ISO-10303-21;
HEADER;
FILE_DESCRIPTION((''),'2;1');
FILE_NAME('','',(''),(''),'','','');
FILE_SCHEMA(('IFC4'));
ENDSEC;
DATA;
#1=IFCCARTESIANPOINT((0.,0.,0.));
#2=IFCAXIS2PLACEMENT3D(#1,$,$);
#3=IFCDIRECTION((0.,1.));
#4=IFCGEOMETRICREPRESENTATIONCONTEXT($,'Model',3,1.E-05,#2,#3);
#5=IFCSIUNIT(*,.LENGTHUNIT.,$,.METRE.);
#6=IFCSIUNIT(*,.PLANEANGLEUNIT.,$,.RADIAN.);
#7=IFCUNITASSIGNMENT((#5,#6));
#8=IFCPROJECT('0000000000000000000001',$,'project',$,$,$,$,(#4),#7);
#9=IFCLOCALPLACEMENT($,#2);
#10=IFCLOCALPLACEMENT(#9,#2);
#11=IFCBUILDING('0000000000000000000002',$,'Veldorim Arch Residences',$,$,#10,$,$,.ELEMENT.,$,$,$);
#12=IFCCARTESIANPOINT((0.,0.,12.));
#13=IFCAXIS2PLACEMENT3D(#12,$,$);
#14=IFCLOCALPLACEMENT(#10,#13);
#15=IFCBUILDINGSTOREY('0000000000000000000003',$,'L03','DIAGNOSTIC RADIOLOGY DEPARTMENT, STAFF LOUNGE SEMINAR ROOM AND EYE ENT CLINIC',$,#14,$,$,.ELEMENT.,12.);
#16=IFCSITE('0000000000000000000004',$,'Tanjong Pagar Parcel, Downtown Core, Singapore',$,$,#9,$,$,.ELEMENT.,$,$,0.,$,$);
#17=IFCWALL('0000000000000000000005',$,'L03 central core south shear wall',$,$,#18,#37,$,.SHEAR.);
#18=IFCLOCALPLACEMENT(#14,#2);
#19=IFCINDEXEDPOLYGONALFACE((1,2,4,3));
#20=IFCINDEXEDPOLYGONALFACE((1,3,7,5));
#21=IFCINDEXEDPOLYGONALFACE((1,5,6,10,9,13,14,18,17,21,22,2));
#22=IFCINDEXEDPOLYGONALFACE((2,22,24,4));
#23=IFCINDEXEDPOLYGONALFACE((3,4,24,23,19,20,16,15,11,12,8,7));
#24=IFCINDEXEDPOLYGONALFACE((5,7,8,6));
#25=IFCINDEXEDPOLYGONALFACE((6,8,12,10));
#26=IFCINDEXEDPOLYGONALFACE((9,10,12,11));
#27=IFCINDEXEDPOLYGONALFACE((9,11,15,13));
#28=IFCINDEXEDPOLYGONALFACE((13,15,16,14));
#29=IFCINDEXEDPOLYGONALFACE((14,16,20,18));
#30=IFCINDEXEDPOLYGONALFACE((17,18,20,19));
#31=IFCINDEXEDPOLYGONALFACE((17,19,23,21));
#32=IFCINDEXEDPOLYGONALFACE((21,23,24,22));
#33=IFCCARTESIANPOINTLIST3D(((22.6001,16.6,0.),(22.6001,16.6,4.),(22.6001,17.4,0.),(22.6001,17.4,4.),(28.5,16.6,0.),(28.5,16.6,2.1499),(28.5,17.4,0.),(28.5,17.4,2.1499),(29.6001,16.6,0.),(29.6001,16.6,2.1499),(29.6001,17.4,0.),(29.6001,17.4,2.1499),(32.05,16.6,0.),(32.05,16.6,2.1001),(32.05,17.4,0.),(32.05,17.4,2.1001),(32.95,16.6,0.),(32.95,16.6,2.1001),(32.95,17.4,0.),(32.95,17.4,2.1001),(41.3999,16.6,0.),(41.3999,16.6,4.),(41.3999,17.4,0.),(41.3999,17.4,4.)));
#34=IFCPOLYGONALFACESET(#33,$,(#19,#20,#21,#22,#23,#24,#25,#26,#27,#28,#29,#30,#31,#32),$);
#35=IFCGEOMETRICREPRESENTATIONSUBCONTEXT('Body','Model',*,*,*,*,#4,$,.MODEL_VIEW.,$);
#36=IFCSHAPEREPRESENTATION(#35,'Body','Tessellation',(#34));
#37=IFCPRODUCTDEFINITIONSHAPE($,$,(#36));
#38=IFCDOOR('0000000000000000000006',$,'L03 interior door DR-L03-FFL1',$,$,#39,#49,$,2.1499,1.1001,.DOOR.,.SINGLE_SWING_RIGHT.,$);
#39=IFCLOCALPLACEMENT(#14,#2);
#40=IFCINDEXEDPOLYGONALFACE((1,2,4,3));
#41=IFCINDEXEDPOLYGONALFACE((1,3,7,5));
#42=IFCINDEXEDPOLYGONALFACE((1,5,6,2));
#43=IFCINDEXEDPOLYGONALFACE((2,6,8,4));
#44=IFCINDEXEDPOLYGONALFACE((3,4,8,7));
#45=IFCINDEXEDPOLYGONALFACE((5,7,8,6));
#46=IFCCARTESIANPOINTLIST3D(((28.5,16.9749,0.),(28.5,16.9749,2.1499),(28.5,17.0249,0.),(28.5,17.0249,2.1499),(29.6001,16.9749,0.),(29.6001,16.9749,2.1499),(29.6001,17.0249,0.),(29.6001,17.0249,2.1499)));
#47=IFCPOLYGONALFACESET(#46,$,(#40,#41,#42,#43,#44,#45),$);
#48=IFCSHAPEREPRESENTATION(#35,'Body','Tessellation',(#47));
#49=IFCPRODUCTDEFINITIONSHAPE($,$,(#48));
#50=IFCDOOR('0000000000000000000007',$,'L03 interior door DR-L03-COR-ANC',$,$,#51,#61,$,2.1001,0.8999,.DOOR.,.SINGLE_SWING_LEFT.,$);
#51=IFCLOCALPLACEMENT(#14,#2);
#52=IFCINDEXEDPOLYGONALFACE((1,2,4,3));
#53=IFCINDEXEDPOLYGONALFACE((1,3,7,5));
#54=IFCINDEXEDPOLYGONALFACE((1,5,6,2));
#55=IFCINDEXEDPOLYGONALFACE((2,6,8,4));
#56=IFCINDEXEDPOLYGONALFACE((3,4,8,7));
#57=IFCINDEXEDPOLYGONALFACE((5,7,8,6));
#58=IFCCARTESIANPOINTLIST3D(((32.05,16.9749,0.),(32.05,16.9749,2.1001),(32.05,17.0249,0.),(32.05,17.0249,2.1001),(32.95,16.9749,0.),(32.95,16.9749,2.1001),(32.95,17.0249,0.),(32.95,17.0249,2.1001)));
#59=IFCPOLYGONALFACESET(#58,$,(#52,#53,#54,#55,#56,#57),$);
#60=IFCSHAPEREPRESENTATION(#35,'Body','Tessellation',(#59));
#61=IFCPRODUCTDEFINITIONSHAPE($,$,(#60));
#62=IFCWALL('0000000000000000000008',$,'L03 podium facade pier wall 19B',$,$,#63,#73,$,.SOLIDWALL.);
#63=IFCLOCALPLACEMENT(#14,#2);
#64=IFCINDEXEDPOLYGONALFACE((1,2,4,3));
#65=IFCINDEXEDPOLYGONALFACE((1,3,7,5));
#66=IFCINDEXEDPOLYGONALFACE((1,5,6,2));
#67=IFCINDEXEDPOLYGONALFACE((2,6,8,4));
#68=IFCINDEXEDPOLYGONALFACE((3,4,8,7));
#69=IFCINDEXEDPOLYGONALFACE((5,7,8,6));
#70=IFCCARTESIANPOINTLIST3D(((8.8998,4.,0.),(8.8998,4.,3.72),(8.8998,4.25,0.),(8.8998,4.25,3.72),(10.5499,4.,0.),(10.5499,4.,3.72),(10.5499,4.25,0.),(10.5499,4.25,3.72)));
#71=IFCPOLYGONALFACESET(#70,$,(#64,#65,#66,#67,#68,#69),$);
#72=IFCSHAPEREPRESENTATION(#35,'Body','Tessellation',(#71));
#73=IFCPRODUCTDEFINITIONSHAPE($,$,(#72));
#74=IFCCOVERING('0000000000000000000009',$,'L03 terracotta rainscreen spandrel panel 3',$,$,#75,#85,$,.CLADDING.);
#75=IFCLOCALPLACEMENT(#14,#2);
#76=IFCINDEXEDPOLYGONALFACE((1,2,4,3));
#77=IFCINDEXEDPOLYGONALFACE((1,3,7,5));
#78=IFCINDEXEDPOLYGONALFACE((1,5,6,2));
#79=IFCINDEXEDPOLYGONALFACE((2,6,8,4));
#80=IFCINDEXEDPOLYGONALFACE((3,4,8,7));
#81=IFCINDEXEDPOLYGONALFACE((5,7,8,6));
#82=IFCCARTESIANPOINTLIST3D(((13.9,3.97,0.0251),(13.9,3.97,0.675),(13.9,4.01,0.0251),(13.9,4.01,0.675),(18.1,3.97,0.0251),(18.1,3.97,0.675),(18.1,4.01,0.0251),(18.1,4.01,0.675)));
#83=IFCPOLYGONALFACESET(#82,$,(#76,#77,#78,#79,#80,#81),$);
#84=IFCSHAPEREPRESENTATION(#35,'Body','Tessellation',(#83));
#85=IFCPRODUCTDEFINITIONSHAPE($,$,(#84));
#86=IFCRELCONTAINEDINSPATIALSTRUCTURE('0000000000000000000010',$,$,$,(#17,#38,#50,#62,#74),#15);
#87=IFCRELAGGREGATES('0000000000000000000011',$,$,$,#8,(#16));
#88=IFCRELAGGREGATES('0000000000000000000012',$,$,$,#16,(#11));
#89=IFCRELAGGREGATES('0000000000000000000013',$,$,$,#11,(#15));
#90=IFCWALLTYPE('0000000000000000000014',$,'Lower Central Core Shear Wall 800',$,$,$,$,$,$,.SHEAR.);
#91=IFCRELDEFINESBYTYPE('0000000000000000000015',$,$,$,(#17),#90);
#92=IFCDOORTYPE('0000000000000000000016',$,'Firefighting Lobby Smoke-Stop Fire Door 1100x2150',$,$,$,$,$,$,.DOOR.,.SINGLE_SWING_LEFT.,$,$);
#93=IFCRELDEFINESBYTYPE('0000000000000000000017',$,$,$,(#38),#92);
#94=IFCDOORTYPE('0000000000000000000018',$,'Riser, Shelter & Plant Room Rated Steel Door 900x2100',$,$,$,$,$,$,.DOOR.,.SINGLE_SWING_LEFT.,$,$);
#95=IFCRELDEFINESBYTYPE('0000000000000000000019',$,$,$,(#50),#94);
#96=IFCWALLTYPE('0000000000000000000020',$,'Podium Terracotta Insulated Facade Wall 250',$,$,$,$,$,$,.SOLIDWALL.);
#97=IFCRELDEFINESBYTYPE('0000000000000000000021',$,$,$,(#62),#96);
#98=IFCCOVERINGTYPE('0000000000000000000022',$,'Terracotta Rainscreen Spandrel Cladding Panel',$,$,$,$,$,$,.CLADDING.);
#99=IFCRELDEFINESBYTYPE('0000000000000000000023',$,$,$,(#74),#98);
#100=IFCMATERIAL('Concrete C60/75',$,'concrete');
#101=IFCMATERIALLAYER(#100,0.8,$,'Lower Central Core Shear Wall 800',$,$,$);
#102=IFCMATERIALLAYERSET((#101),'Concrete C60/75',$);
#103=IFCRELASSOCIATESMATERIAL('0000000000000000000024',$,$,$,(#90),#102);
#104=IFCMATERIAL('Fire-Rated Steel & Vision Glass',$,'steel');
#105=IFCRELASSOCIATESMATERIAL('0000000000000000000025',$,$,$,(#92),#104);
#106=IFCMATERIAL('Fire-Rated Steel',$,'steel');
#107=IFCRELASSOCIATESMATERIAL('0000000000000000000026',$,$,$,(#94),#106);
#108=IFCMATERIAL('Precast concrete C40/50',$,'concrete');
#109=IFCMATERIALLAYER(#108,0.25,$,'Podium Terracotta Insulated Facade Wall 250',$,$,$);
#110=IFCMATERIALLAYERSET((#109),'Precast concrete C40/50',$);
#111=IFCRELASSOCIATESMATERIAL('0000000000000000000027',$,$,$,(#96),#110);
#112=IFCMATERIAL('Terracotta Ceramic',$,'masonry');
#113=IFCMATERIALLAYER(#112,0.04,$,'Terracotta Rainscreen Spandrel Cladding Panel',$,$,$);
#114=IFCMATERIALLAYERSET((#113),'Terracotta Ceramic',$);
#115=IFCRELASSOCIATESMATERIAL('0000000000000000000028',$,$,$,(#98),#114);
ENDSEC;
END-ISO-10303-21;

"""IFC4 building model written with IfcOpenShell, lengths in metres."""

from ifc_helpers import new_model, si_unit, direction, frame, frame_2d, origin, origin_2d, place, context, subcontext, project, spatial, rectangle, extrude, material, layer, layer_set, type_object, element, fill, save


model = new_model("IFC4")

# Units and contexts
model_context = context("Model", 3, precision=1e-05, world=origin(), true_north=direction((0.0, 1.0)))
body_context = subcontext(model_context, "Body", "Model", "MODEL_VIEW")
ifc_project = project(units=[si_unit("LENGTHUNIT", "METRE"), si_unit("PLANEANGLEUNIT", "RADIAN")], contexts=[model_context])

# Site, building, storey
site_placement = place(None, origin())
site = spatial("IfcSite", under=ifc_project, at=site_placement, Name="Tanjong Pagar Parcel, Downtown Core, Singapore", CompositionType="ELEMENT", RefElevation=0.0)
building_placement = place(site_placement, origin())
building = spatial("IfcBuilding", under=site, at=building_placement, Name="Veldorim Arch Residences", CompositionType="ELEMENT")
storey_placement = place(building_placement, frame((0.0, 0.0, 12.0)))
storey = spatial("IfcBuildingStorey", under=building, at=storey_placement, Name="L03", Description="DIAGNOSTIC RADIOLOGY DEPARTMENT, STAFF LOUNGE SEMINAR ROOM AND EYE ENT CLINIC", CompositionType="ELEMENT", Elevation=12.0)

# Wall, openings, doors
ifc_material_1 = material(Name="Concrete C60/75", Category="concrete")
ifc_layer_1 = layer(ifc_material_1, 0.8, Name="Lower Central Core Shear Wall 800")
ifc_layer_set_1 = layer_set([ifc_layer_1], Name="Concrete C60/75")
wall_type_1 = type_object("IfcWallType", Name="Lower Central Core Shear Wall 800", PredefinedType="SHEAR", material=ifc_layer_set_1)
wall_1_placement = place(storey_placement, frame((22.6001, 17.0, 0.0), z_axis=(0.0, 0.0, 1.0), x_axis=(1.0, 0.0, 0.0)))
wall_1 = element("IfcWall", 1, at=wall_1_placement, inside=storey, type_object=wall_type_1, Name="L03 central core south shear wall", PredefinedType="SHEAR", context=body_context, shape_type="SweptSolid", body=[
    extrude(rectangle(XDim=18.7998, YDim=0.8, at=frame_2d((9.3999, 0.0))), origin(), (0.0, 0.0, 1.0), 4.0),
])
opening_1_placement = place(wall_1_placement, frame((5.8999, 0.0, 0.0)))
opening_1 = element("IfcOpeningElement", 2, at=opening_1_placement, cuts=wall_1, PredefinedType="OPENING", context=body_context, shape_type="SweptSolid", body=[
    extrude(rectangle(XDim=1.1001, YDim=2.1499, at=frame_2d((0.55, 1.075))), frame((0.0, 0.4099, 0.0), z_axis=(0.0, -1.0, 0.0), x_axis=(1.0, 0.0, 0.0)), (0.0, 0.0, 1.0), 0.8201),
])
opening_2_placement = place(wall_1_placement, frame((9.45, 0.0, 0.0)))
opening_2 = element("IfcOpeningElement", 3, at=opening_2_placement, cuts=wall_1, PredefinedType="OPENING", context=body_context, shape_type="SweptSolid", body=[
    extrude(rectangle(XDim=0.8999, YDim=2.1001, at=frame_2d((0.45, 1.05))), frame((0.0, 0.4099, 0.0), z_axis=(0.0, -1.0, 0.0), x_axis=(1.0, 0.0, 0.0)), (0.0, 0.0, 1.0), 0.8201),
])
ifc_material_2 = material(Name="Fire-Rated Steel & Vision Glass", Category="steel")
door_type_1 = type_object("IfcDoorType", Name="Firefighting Lobby Smoke-Stop Fire Door 1100x2150", OperationType="SINGLE_SWING_LEFT", PredefinedType="DOOR", material=ifc_material_2)
door_1_placement = place(opening_1_placement, origin())
door_1 = element("IfcDoor", 4, at=door_1_placement, inside=storey, type_object=door_type_1, Name="L03 interior door DR-L03-FFL1", OperationType="SINGLE_SWING_RIGHT", OverallHeight=2.1499, OverallWidth=1.1001, PredefinedType="DOOR", context=body_context, shape_type="SweptSolid", body=[
    extrude(rectangle(XDim=1.1001, YDim=2.1499, at=frame_2d((0.55, 1.075))), frame((0.0, 0.0249, 0.0), z_axis=(0.0, -1.0, 0.0), x_axis=(1.0, 0.0, 0.0)), (0.0, 0.0, 1.0), 0.05),
])
fill(opening_1, door_1)
ifc_material_3 = material(Name="Fire-Rated Steel", Category="steel")
door_type_2 = type_object("IfcDoorType", Name="Riser, Shelter & Plant Room Rated Steel Door 900x2100", OperationType="SINGLE_SWING_LEFT", PredefinedType="DOOR", material=ifc_material_3)
door_2_placement = place(opening_2_placement, origin())
door_2 = element("IfcDoor", 5, at=door_2_placement, inside=storey, type_object=door_type_2, Name="L03 interior door DR-L03-COR-ANC", OperationType="SINGLE_SWING_LEFT", OverallHeight=2.1001, OverallWidth=0.8999, PredefinedType="DOOR", context=body_context, shape_type="SweptSolid", body=[
    extrude(rectangle(XDim=0.8999, YDim=2.1001, at=frame_2d((0.45, 1.05))), frame((0.0, 0.0249, 0.0), z_axis=(0.0, -1.0, 0.0), x_axis=(1.0, 0.0, 0.0)), (0.0, 0.0, 1.0), 0.05),
])
fill(opening_2, door_2)

# Wall
ifc_material_4 = material(Name="Precast concrete C40/50", Category="concrete")
ifc_layer_2 = layer(ifc_material_4, 0.25, Name="Podium Terracotta Insulated Facade Wall 250")
ifc_layer_set_2 = layer_set([ifc_layer_2], Name="Precast concrete C40/50")
wall_type_2 = type_object("IfcWallType", Name="Podium Terracotta Insulated Facade Wall 250", PredefinedType="SOLIDWALL", material=ifc_layer_set_2)
wall_2_placement = place(storey_placement, frame((10.55, 4.125, 0.0), z_axis=(0.0, 0.0, 1.0), x_axis=(-1.0, 0.0, 0.0)))
element("IfcWall", 6, at=wall_2_placement, inside=storey, type_object=wall_type_2, Name="L03 podium facade pier wall 19B", PredefinedType="SOLIDWALL", context=body_context, shape_type="SweptSolid", body=[
    extrude(rectangle(XDim=1.6501, YDim=0.25, at=frame_2d((0.8252, 0.0))), origin(), (0.0, 0.0, 1.0), 3.72),
])

# Covering
ifc_material_5 = material(Name="Terracotta Ceramic", Category="masonry")
ifc_layer_3 = layer(ifc_material_5, 0.04, Name="Terracotta Rainscreen Spandrel Cladding Panel")
ifc_layer_set_3 = layer_set([ifc_layer_3], Name="Terracotta Ceramic")
covering_type = type_object("IfcCoveringType", Name="Terracotta Rainscreen Spandrel Cladding Panel", PredefinedType="CLADDING", material=ifc_layer_set_3)
covering_placement = place(storey_placement, frame((16.0, 3.99, 0.0251), z_axis=(0.0, 0.0, 1.0), x_axis=(1.0, 0.0, 0.0)))
element("IfcCovering", 7, at=covering_placement, inside=storey, type_object=covering_type, Name="L03 terracotta rainscreen spandrel panel 3", PredefinedType="CLADDING", context=body_context, shape_type="SweptSolid", body=[
    extrude(rectangle(XDim=4.2, YDim=0.04, at=origin_2d()), origin(), (0.0, 0.0, 1.0), 0.6499),
])

save(model, "model.ifc")
